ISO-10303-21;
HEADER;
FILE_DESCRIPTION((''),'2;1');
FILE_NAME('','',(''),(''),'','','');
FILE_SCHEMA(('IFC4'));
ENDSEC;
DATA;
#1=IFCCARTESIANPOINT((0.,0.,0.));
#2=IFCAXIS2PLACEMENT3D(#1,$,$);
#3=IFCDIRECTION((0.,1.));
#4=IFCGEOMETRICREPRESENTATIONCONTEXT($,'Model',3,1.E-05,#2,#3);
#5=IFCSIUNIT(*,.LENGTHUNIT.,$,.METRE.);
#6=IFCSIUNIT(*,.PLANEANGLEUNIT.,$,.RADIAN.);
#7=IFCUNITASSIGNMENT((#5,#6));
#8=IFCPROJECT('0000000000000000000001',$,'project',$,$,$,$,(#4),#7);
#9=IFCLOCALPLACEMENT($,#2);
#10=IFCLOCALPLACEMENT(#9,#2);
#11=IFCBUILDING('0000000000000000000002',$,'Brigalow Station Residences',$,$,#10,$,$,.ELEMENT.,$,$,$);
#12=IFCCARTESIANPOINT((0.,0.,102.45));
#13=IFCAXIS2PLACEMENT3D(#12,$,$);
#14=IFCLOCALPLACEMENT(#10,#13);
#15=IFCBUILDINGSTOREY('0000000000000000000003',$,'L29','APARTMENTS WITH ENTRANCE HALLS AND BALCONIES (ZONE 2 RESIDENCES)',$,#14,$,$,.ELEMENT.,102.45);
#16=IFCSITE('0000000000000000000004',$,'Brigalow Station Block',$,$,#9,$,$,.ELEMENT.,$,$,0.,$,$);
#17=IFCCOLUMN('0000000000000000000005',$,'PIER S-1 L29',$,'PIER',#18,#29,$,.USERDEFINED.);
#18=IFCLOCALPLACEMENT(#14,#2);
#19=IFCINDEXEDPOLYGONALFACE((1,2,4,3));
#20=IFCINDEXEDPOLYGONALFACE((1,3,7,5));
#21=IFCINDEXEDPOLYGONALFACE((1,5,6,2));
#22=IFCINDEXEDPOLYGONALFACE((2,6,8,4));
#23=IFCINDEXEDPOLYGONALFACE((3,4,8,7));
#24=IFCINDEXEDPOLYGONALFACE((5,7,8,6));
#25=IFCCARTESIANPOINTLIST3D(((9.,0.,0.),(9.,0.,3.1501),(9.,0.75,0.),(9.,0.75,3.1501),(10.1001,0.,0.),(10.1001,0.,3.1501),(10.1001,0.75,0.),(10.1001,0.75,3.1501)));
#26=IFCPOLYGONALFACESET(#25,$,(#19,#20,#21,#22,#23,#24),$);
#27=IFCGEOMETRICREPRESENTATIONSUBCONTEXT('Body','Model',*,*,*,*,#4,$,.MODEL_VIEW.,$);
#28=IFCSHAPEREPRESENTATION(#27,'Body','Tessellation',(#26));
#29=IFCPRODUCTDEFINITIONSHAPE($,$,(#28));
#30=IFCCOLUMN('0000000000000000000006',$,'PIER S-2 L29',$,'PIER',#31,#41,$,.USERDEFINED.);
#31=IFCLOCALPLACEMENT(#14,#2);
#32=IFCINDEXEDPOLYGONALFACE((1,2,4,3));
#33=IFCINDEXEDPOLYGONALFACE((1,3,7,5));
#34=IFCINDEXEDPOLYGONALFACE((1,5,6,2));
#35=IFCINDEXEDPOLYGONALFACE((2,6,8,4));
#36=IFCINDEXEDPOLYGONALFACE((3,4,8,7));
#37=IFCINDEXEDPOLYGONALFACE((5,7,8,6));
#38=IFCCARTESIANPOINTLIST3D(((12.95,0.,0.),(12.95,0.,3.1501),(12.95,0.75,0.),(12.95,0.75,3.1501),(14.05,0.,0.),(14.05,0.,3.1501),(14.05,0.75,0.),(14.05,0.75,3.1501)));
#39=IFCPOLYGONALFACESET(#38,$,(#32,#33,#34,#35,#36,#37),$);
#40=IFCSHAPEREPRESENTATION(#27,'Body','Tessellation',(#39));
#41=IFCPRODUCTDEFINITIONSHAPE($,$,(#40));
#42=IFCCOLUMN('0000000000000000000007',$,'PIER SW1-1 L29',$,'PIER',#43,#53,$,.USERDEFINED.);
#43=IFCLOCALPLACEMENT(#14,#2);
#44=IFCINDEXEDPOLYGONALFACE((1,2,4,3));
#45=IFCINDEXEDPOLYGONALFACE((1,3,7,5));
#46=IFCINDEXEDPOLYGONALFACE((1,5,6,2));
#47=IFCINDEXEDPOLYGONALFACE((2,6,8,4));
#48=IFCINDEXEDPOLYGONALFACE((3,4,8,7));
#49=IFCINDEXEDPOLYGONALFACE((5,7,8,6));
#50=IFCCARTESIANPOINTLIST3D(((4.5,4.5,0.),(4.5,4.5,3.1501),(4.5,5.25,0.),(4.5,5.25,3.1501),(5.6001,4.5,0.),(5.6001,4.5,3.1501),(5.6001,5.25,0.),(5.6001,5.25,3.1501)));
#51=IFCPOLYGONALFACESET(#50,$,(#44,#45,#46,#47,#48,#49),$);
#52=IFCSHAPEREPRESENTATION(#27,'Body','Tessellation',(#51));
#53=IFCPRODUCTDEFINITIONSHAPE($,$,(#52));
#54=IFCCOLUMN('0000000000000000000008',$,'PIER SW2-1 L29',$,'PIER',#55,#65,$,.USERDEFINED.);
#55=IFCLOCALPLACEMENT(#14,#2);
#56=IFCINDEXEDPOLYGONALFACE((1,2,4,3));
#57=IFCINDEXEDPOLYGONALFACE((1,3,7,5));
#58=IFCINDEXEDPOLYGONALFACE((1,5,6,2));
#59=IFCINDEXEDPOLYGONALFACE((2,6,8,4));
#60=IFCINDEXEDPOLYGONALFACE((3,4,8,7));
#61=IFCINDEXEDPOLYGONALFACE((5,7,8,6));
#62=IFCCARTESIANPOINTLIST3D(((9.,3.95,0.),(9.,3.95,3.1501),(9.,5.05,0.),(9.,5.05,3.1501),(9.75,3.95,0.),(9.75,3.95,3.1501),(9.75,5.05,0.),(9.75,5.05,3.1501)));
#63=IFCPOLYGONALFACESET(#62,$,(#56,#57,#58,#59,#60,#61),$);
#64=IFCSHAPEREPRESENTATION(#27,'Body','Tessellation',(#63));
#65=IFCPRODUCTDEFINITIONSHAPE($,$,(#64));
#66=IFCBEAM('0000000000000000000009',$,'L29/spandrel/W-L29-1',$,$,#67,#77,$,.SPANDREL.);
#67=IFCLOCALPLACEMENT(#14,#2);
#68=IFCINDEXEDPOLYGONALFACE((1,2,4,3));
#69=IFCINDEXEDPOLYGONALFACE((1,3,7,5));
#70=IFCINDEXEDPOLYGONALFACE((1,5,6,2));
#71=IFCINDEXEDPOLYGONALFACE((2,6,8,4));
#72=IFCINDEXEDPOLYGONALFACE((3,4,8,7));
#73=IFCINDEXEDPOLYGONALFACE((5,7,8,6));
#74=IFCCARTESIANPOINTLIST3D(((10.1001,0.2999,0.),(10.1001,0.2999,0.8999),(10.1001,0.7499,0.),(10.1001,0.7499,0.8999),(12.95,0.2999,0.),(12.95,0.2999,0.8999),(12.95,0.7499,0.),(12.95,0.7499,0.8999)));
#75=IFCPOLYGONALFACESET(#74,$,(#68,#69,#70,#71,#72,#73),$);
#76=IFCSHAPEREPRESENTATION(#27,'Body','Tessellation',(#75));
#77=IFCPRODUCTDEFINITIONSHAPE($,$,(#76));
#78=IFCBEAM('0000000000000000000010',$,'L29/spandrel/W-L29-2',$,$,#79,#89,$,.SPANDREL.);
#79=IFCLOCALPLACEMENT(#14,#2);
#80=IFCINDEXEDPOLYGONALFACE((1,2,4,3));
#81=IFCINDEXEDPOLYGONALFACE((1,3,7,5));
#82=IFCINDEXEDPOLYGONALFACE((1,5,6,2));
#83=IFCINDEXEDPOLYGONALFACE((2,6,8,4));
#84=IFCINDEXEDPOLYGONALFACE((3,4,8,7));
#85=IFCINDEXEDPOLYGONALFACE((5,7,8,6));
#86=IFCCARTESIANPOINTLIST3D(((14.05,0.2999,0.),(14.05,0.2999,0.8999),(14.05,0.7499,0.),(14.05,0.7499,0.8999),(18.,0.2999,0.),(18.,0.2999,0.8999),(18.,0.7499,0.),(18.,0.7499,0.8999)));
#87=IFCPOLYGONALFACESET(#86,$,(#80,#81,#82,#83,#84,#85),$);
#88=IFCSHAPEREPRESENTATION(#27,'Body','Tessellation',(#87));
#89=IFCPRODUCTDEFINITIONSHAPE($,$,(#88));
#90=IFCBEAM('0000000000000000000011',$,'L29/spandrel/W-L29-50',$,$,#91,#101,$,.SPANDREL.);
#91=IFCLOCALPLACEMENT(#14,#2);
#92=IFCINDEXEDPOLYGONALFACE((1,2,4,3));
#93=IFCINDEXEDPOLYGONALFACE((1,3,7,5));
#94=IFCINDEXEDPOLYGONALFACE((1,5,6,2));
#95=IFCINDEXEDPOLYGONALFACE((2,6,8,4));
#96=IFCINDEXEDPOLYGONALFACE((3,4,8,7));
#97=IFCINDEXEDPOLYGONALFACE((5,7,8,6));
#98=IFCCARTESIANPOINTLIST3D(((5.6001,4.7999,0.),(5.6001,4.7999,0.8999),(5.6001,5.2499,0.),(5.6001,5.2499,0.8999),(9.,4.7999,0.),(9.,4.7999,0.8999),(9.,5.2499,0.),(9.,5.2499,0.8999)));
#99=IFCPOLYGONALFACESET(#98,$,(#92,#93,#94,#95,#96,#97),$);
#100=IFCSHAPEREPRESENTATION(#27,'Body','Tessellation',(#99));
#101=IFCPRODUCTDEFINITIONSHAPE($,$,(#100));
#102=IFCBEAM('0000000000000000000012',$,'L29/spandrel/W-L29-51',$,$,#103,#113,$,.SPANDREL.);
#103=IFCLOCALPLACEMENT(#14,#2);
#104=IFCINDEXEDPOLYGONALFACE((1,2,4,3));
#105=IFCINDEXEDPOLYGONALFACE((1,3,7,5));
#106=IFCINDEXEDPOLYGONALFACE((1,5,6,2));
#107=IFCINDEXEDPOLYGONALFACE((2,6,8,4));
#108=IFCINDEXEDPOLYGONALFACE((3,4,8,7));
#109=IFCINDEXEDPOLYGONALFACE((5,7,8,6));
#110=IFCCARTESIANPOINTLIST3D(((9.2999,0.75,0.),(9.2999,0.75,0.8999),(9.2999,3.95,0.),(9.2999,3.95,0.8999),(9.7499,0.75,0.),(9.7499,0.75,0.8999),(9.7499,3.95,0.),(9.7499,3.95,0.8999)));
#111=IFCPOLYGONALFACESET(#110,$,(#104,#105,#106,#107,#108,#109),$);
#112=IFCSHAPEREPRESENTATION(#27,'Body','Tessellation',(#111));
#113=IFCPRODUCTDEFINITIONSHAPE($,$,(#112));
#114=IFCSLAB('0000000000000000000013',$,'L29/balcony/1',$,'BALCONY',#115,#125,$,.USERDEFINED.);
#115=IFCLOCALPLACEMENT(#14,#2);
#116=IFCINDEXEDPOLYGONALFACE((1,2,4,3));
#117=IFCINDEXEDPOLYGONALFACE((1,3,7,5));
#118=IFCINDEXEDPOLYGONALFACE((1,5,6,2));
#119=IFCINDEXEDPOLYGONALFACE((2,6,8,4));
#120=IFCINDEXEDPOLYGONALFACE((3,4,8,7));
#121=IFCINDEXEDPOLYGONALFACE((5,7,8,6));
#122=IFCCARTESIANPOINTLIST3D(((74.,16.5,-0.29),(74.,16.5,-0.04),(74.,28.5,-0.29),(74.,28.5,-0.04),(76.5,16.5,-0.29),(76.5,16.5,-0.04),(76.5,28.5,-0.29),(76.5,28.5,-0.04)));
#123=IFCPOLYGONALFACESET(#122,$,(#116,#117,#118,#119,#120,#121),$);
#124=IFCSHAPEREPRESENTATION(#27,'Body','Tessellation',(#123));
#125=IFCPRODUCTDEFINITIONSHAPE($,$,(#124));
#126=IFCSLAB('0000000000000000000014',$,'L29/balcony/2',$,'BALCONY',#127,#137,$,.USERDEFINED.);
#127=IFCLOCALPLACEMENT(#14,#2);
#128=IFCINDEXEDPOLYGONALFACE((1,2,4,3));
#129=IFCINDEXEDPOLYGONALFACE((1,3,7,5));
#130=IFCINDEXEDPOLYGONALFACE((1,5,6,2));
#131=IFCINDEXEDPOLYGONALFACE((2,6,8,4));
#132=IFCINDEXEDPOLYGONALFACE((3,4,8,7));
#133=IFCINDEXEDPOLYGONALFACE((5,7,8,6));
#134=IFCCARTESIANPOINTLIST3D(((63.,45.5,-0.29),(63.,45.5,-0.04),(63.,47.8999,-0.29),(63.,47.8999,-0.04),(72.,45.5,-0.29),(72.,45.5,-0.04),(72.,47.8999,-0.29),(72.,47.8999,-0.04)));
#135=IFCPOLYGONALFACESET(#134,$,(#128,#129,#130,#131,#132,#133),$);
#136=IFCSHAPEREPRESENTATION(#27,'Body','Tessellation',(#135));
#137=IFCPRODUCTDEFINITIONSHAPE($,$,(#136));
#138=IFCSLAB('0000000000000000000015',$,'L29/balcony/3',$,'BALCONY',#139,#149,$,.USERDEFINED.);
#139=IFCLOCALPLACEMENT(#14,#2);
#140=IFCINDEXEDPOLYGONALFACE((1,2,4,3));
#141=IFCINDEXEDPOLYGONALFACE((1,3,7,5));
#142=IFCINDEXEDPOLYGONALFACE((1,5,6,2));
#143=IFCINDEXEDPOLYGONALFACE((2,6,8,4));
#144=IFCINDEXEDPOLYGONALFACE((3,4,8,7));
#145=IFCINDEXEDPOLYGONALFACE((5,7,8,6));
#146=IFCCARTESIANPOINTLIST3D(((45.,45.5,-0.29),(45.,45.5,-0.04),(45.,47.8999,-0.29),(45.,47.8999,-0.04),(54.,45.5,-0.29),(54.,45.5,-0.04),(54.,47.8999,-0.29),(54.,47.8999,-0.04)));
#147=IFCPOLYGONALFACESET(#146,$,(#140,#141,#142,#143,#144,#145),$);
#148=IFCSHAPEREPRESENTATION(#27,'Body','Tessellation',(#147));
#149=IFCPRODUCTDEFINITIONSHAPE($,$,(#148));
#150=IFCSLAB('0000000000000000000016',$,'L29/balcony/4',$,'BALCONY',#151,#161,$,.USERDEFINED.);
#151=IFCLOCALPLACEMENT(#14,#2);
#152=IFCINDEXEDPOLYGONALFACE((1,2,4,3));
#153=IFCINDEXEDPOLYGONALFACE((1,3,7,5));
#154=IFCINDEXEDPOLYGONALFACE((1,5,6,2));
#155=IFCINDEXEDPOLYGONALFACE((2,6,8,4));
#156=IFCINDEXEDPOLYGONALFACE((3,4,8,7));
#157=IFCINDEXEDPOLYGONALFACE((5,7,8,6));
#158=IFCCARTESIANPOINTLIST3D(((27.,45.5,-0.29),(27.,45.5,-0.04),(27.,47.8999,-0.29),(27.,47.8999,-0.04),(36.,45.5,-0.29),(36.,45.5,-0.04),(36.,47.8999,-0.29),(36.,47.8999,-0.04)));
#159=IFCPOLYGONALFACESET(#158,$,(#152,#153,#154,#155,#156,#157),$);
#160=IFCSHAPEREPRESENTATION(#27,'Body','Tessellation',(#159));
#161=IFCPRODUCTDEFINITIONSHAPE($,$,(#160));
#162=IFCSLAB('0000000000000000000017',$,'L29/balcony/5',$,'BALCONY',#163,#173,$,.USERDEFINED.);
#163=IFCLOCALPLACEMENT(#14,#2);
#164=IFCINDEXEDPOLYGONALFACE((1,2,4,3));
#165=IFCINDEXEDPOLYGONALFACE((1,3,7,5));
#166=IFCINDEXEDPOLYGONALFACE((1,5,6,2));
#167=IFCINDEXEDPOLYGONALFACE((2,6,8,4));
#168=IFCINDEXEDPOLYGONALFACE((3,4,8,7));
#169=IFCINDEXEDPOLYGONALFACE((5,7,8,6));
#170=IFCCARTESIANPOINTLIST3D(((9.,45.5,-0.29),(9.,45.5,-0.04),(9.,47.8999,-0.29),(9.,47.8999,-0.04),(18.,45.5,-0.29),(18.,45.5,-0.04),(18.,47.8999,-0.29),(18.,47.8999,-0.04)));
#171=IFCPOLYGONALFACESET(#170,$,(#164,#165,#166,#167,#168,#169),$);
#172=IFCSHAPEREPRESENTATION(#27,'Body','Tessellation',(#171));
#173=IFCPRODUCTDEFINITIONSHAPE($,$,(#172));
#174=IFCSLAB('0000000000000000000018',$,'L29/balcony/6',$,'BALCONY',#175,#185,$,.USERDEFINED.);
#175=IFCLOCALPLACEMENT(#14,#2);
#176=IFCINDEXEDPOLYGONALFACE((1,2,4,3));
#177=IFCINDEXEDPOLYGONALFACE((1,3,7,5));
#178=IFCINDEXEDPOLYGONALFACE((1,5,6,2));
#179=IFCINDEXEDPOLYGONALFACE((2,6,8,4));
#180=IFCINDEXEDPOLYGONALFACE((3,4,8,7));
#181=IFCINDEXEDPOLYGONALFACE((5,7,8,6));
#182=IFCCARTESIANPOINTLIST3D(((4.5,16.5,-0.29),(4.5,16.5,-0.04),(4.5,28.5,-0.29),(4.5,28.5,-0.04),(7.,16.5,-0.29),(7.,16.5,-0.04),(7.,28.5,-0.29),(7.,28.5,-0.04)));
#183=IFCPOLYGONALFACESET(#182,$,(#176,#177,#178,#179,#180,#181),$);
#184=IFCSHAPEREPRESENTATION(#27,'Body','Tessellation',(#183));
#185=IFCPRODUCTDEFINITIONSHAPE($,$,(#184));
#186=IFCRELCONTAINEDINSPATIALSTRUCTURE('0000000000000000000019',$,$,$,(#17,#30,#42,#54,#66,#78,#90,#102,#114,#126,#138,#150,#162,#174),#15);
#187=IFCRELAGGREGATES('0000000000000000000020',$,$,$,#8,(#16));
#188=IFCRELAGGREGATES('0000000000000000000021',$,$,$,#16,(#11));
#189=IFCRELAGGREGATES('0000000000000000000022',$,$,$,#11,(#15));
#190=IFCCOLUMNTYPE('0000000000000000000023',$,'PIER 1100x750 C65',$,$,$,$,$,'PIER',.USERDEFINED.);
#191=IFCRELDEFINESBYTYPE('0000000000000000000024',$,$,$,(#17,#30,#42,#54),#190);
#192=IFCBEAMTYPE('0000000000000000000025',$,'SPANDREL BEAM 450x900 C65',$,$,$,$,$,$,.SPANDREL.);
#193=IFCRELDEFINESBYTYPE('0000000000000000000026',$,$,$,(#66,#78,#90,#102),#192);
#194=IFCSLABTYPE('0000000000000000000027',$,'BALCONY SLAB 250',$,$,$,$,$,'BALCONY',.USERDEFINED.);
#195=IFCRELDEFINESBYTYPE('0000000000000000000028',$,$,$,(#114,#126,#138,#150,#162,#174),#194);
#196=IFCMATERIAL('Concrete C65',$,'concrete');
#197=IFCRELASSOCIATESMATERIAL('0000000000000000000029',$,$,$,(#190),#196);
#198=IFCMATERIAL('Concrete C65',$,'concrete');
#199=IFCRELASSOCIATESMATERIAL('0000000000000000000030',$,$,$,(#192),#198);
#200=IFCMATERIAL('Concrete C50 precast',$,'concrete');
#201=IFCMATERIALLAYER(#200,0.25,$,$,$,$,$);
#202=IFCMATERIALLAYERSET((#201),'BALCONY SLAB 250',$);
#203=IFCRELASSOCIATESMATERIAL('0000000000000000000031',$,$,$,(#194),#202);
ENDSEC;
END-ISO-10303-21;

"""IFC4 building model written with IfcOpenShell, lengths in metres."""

from ifc_helpers import new_model, si_unit, direction, frame, origin, origin_2d, place, context, subcontext, project, spatial, polyline, rectangle, outline, extrude, material, layer, layer_set, material_profile, profile_set, type_object, element, save


model = new_model("IFC4")

# Units and contexts
model_context = context("Model", 3, precision=1e-05, world=origin(), true_north=direction((0.0, 1.0)))
body_context = subcontext(model_context, "Body", "Model", "MODEL_VIEW")
ifc_project = project(units=[si_unit("LENGTHUNIT", "METRE"), si_unit("PLANEANGLEUNIT", "RADIAN")], contexts=[model_context])

# Site, building, storey
site_placement = place(None, origin())
site = spatial("IfcSite", under=ifc_project, at=site_placement, Name="Brigalow Station Block", CompositionType="ELEMENT", RefElevation=0.0)
building_placement = place(site_placement, origin())
building = spatial("IfcBuilding", under=site, at=building_placement, Name="Brigalow Station Residences", CompositionType="ELEMENT")
storey_placement = place(building_placement, frame((0.0, 0.0, 102.45)))
storey = spatial("IfcBuildingStorey", under=building, at=storey_placement, Name="L29", Description="APARTMENTS WITH ENTRANCE HALLS AND BALCONIES (ZONE 2 RESIDENCES)", CompositionType="ELEMENT", Elevation=102.45)

# Columns
ifc_material_1 = material(Name="Concrete C65", Category="concrete")
ifc_material_profile_1 = material_profile(ifc_material_1, rectangle(XDim=1.1001, YDim=0.75, at=origin_2d()), Name="RC1100x750")
ifc_profile_set_1 = profile_set([ifc_material_profile_1], Name="Concrete C65")
column_type = type_object("IfcColumnType", Name="PIER 1100x750 C65", ElementType="PIER", PredefinedType="USERDEFINED", material=ifc_profile_set_1)
for number, where, z_axis, x_axis, name in (
    (1, (9.55, 0.375, 0.0), (0.0, 0.0, 1.0), (1.0, 0.0, 0.0), "PIER S-1 L29"),
    (2, (13.5, 0.375, 0.0), (0.0, 0.0, 1.0), (1.0, 0.0, 0.0), "PIER S-2 L29"),
    (3, (5.05, 4.875, 0.0), (0.0, 0.0, 1.0), (1.0, 0.0, 0.0), "PIER SW1-1 L29"),
    (4, (9.375, 4.5, 0.0), (0.0, 0.0, 1.0), (0.0, -1.0, 0.0), "PIER SW2-1 L29"),
):
    element("IfcColumn", number, at=place(storey_placement, frame(where, z_axis=z_axis, x_axis=x_axis)), inside=storey, type_object=column_type, Name=name, ObjectType="PIER", PredefinedType="USERDEFINED", context=body_context, shape_type="SweptSolid", body=[
        extrude(rectangle(XDim=1.1001, YDim=0.75, at=origin_2d()), origin(), (0.0, 0.0, 1.0), 3.1501),
    ])

# Beams
ifc_material_2 = material(Name="Concrete C65", Category="concrete")
ifc_material_profile_2 = material_profile(ifc_material_2, rectangle(XDim=0.45, YDim=0.8999, at=origin_2d()), Name="RC450x900")
ifc_profile_set_2 = profile_set([ifc_material_profile_2], Name="Concrete C65")
beam_type = type_object("IfcBeamType", Name="SPANDREL BEAM 450x900 C65", PredefinedType="SPANDREL", material=ifc_profile_set_2)
beam_1_placement = place(storey_placement, frame((10.1001, 0.5249, 0.45), z_axis=(1.0, 0.0, 0.0), x_axis=(0.0, 1.0, 0.0)))
element("IfcBeam", 5, at=beam_1_placement, inside=storey, type_object=beam_type, Name="L29/spandrel/W-L29-1", PredefinedType="SPANDREL", context=body_context, shape_type="SweptSolid", body=[
    extrude(rectangle(XDim=0.45, YDim=0.8999, at=origin_2d()), origin(), (0.0, 0.0, 1.0), 2.8499),
])
beam_2_placement = place(storey_placement, frame((14.05, 0.5249, 0.45), z_axis=(1.0, 0.0, 0.0), x_axis=(0.0, 1.0, 0.0)))
element("IfcBeam", 6, at=beam_2_placement, inside=storey, type_object=beam_type, Name="L29/spandrel/W-L29-2", PredefinedType="SPANDREL", context=body_context, shape_type="SweptSolid", body=[
    extrude(rectangle(XDim=0.45, YDim=0.8999, at=origin_2d()), origin(), (0.0, 0.0, 1.0), 3.95),
])
beam_3_placement = place(storey_placement, frame((5.6001, 5.0249, 0.45), z_axis=(1.0, 0.0, 0.0), x_axis=(0.0, 1.0, 0.0)))
element("IfcBeam", 7, at=beam_3_placement, inside=storey, type_object=beam_type, Name="L29/spandrel/W-L29-50", PredefinedType="SPANDREL", context=body_context, shape_type="SweptSolid", body=[
    extrude(rectangle(XDim=0.45, YDim=0.8999, at=origin_2d()), origin(), (0.0, 0.0, 1.0), 3.3999),
])
beam_4_placement = place(storey_placement, frame((9.5249, 3.95, 0.45), z_axis=(0.0, -1.0, 0.0), x_axis=(1.0, 0.0, 0.0)))
element("IfcBeam", 8, at=beam_4_placement, inside=storey, type_object=beam_type, Name="L29/spandrel/W-L29-51", PredefinedType="SPANDREL", context=body_context, shape_type="SweptSolid", body=[
    extrude(rectangle(XDim=0.45, YDim=0.8999, at=origin_2d()), origin(), (0.0, 0.0, 1.0), 3.2),
])

# Slabs
ifc_material_3 = material(Name="Concrete C50 precast", Category="concrete")
ifc_layer_1 = layer(ifc_material_3, 0.25)
ifc_layer_set_1 = layer_set([ifc_layer_1], Name="BALCONY SLAB 250")
slab_type_1 = type_object("IfcSlabType", Name="BALCONY SLAB 250", ElementType="BALCONY", PredefinedType="USERDEFINED", material=ifc_layer_set_1)
slab_1_placement = place(storey_placement, frame((0.0, 0.0, -0.29)))
element("IfcSlab", 9, at=slab_1_placement, inside=storey, type_object=slab_type_1, Name="L29/balcony/1", ObjectType="BALCONY", PredefinedType="USERDEFINED", context=body_context, shape_type="SweptSolid", body=[
    extrude(outline(polyline([(74.0, 16.5), (76.5, 16.5), (76.5, 28.5), (74.0, 28.5), (74.0, 16.5)])), origin(), (0.0, 0.0, 1.0), 0.25),
])
slab_2_placement = place(storey_placement, frame((0.0, 0.0, -0.29)))
element("IfcSlab", 10, at=slab_2_placement, inside=storey, type_object=slab_type_1, Name="L29/balcony/2", ObjectType="BALCONY", PredefinedType="USERDEFINED", context=body_context, shape_type="SweptSolid", body=[
    extrude(outline(polyline([(72.0, 45.5), (72.0, 47.8999), (63.0, 47.8999), (63.0, 45.5), (72.0, 45.5)])), origin(), (0.0, 0.0, 1.0), 0.25),
])
slab_3_placement = place(storey_placement, frame((0.0, 0.0, -0.29)))
element("IfcSlab", 11, at=slab_3_placement, inside=storey, type_object=slab_type_1, Name="L29/balcony/3", ObjectType="BALCONY", PredefinedType="USERDEFINED", context=body_context, shape_type="SweptSolid", body=[
    extrude(outline(polyline([(54.0, 45.5), (54.0, 47.8999), (45.0, 47.8999), (45.0, 45.5), (54.0, 45.5)])), origin(), (0.0, 0.0, 1.0), 0.25),
])
slab_4_placement = place(storey_placement, frame((0.0, 0.0, -0.29)))
element("IfcSlab", 12, at=slab_4_placement, inside=storey, type_object=slab_type_1, Name="L29/balcony/4", ObjectType="BALCONY", PredefinedType="USERDEFINED", context=body_context, shape_type="SweptSolid", body=[
    extrude(outline(polyline([(36.0, 45.5), (36.0, 47.8999), (27.0, 47.8999), (27.0, 45.5), (36.0, 45.5)])), origin(), (0.0, 0.0, 1.0), 0.25),
])
slab_5_placement = place(storey_placement, frame((0.0, 0.0, -0.29)))
element("IfcSlab", 13, at=slab_5_placement, inside=storey, type_object=slab_type_1, Name="L29/balcony/5", ObjectType="BALCONY", PredefinedType="USERDEFINED", context=body_context, shape_type="SweptSolid", body=[
    extrude(outline(polyline([(18.0, 45.5), (18.0, 47.8999), (9.0, 47.8999), (9.0, 45.5), (18.0, 45.5)])), origin(), (0.0, 0.0, 1.0), 0.25),
])
slab_6_placement = place(storey_placement, frame((0.0, 0.0, -0.29)))
element("IfcSlab", 14, at=slab_6_placement, inside=storey, type_object=slab_type_1, Name="L29/balcony/6", ObjectType="BALCONY", PredefinedType="USERDEFINED", context=body_context, shape_type="SweptSolid", body=[
    extrude(outline(polyline([(7.0, 28.5), (4.5, 28.5), (4.5, 16.5), (7.0, 16.5), (7.0, 28.5)])), origin(), (0.0, 0.0, 1.0), 0.25),
])

save(model, "model.ifc")
